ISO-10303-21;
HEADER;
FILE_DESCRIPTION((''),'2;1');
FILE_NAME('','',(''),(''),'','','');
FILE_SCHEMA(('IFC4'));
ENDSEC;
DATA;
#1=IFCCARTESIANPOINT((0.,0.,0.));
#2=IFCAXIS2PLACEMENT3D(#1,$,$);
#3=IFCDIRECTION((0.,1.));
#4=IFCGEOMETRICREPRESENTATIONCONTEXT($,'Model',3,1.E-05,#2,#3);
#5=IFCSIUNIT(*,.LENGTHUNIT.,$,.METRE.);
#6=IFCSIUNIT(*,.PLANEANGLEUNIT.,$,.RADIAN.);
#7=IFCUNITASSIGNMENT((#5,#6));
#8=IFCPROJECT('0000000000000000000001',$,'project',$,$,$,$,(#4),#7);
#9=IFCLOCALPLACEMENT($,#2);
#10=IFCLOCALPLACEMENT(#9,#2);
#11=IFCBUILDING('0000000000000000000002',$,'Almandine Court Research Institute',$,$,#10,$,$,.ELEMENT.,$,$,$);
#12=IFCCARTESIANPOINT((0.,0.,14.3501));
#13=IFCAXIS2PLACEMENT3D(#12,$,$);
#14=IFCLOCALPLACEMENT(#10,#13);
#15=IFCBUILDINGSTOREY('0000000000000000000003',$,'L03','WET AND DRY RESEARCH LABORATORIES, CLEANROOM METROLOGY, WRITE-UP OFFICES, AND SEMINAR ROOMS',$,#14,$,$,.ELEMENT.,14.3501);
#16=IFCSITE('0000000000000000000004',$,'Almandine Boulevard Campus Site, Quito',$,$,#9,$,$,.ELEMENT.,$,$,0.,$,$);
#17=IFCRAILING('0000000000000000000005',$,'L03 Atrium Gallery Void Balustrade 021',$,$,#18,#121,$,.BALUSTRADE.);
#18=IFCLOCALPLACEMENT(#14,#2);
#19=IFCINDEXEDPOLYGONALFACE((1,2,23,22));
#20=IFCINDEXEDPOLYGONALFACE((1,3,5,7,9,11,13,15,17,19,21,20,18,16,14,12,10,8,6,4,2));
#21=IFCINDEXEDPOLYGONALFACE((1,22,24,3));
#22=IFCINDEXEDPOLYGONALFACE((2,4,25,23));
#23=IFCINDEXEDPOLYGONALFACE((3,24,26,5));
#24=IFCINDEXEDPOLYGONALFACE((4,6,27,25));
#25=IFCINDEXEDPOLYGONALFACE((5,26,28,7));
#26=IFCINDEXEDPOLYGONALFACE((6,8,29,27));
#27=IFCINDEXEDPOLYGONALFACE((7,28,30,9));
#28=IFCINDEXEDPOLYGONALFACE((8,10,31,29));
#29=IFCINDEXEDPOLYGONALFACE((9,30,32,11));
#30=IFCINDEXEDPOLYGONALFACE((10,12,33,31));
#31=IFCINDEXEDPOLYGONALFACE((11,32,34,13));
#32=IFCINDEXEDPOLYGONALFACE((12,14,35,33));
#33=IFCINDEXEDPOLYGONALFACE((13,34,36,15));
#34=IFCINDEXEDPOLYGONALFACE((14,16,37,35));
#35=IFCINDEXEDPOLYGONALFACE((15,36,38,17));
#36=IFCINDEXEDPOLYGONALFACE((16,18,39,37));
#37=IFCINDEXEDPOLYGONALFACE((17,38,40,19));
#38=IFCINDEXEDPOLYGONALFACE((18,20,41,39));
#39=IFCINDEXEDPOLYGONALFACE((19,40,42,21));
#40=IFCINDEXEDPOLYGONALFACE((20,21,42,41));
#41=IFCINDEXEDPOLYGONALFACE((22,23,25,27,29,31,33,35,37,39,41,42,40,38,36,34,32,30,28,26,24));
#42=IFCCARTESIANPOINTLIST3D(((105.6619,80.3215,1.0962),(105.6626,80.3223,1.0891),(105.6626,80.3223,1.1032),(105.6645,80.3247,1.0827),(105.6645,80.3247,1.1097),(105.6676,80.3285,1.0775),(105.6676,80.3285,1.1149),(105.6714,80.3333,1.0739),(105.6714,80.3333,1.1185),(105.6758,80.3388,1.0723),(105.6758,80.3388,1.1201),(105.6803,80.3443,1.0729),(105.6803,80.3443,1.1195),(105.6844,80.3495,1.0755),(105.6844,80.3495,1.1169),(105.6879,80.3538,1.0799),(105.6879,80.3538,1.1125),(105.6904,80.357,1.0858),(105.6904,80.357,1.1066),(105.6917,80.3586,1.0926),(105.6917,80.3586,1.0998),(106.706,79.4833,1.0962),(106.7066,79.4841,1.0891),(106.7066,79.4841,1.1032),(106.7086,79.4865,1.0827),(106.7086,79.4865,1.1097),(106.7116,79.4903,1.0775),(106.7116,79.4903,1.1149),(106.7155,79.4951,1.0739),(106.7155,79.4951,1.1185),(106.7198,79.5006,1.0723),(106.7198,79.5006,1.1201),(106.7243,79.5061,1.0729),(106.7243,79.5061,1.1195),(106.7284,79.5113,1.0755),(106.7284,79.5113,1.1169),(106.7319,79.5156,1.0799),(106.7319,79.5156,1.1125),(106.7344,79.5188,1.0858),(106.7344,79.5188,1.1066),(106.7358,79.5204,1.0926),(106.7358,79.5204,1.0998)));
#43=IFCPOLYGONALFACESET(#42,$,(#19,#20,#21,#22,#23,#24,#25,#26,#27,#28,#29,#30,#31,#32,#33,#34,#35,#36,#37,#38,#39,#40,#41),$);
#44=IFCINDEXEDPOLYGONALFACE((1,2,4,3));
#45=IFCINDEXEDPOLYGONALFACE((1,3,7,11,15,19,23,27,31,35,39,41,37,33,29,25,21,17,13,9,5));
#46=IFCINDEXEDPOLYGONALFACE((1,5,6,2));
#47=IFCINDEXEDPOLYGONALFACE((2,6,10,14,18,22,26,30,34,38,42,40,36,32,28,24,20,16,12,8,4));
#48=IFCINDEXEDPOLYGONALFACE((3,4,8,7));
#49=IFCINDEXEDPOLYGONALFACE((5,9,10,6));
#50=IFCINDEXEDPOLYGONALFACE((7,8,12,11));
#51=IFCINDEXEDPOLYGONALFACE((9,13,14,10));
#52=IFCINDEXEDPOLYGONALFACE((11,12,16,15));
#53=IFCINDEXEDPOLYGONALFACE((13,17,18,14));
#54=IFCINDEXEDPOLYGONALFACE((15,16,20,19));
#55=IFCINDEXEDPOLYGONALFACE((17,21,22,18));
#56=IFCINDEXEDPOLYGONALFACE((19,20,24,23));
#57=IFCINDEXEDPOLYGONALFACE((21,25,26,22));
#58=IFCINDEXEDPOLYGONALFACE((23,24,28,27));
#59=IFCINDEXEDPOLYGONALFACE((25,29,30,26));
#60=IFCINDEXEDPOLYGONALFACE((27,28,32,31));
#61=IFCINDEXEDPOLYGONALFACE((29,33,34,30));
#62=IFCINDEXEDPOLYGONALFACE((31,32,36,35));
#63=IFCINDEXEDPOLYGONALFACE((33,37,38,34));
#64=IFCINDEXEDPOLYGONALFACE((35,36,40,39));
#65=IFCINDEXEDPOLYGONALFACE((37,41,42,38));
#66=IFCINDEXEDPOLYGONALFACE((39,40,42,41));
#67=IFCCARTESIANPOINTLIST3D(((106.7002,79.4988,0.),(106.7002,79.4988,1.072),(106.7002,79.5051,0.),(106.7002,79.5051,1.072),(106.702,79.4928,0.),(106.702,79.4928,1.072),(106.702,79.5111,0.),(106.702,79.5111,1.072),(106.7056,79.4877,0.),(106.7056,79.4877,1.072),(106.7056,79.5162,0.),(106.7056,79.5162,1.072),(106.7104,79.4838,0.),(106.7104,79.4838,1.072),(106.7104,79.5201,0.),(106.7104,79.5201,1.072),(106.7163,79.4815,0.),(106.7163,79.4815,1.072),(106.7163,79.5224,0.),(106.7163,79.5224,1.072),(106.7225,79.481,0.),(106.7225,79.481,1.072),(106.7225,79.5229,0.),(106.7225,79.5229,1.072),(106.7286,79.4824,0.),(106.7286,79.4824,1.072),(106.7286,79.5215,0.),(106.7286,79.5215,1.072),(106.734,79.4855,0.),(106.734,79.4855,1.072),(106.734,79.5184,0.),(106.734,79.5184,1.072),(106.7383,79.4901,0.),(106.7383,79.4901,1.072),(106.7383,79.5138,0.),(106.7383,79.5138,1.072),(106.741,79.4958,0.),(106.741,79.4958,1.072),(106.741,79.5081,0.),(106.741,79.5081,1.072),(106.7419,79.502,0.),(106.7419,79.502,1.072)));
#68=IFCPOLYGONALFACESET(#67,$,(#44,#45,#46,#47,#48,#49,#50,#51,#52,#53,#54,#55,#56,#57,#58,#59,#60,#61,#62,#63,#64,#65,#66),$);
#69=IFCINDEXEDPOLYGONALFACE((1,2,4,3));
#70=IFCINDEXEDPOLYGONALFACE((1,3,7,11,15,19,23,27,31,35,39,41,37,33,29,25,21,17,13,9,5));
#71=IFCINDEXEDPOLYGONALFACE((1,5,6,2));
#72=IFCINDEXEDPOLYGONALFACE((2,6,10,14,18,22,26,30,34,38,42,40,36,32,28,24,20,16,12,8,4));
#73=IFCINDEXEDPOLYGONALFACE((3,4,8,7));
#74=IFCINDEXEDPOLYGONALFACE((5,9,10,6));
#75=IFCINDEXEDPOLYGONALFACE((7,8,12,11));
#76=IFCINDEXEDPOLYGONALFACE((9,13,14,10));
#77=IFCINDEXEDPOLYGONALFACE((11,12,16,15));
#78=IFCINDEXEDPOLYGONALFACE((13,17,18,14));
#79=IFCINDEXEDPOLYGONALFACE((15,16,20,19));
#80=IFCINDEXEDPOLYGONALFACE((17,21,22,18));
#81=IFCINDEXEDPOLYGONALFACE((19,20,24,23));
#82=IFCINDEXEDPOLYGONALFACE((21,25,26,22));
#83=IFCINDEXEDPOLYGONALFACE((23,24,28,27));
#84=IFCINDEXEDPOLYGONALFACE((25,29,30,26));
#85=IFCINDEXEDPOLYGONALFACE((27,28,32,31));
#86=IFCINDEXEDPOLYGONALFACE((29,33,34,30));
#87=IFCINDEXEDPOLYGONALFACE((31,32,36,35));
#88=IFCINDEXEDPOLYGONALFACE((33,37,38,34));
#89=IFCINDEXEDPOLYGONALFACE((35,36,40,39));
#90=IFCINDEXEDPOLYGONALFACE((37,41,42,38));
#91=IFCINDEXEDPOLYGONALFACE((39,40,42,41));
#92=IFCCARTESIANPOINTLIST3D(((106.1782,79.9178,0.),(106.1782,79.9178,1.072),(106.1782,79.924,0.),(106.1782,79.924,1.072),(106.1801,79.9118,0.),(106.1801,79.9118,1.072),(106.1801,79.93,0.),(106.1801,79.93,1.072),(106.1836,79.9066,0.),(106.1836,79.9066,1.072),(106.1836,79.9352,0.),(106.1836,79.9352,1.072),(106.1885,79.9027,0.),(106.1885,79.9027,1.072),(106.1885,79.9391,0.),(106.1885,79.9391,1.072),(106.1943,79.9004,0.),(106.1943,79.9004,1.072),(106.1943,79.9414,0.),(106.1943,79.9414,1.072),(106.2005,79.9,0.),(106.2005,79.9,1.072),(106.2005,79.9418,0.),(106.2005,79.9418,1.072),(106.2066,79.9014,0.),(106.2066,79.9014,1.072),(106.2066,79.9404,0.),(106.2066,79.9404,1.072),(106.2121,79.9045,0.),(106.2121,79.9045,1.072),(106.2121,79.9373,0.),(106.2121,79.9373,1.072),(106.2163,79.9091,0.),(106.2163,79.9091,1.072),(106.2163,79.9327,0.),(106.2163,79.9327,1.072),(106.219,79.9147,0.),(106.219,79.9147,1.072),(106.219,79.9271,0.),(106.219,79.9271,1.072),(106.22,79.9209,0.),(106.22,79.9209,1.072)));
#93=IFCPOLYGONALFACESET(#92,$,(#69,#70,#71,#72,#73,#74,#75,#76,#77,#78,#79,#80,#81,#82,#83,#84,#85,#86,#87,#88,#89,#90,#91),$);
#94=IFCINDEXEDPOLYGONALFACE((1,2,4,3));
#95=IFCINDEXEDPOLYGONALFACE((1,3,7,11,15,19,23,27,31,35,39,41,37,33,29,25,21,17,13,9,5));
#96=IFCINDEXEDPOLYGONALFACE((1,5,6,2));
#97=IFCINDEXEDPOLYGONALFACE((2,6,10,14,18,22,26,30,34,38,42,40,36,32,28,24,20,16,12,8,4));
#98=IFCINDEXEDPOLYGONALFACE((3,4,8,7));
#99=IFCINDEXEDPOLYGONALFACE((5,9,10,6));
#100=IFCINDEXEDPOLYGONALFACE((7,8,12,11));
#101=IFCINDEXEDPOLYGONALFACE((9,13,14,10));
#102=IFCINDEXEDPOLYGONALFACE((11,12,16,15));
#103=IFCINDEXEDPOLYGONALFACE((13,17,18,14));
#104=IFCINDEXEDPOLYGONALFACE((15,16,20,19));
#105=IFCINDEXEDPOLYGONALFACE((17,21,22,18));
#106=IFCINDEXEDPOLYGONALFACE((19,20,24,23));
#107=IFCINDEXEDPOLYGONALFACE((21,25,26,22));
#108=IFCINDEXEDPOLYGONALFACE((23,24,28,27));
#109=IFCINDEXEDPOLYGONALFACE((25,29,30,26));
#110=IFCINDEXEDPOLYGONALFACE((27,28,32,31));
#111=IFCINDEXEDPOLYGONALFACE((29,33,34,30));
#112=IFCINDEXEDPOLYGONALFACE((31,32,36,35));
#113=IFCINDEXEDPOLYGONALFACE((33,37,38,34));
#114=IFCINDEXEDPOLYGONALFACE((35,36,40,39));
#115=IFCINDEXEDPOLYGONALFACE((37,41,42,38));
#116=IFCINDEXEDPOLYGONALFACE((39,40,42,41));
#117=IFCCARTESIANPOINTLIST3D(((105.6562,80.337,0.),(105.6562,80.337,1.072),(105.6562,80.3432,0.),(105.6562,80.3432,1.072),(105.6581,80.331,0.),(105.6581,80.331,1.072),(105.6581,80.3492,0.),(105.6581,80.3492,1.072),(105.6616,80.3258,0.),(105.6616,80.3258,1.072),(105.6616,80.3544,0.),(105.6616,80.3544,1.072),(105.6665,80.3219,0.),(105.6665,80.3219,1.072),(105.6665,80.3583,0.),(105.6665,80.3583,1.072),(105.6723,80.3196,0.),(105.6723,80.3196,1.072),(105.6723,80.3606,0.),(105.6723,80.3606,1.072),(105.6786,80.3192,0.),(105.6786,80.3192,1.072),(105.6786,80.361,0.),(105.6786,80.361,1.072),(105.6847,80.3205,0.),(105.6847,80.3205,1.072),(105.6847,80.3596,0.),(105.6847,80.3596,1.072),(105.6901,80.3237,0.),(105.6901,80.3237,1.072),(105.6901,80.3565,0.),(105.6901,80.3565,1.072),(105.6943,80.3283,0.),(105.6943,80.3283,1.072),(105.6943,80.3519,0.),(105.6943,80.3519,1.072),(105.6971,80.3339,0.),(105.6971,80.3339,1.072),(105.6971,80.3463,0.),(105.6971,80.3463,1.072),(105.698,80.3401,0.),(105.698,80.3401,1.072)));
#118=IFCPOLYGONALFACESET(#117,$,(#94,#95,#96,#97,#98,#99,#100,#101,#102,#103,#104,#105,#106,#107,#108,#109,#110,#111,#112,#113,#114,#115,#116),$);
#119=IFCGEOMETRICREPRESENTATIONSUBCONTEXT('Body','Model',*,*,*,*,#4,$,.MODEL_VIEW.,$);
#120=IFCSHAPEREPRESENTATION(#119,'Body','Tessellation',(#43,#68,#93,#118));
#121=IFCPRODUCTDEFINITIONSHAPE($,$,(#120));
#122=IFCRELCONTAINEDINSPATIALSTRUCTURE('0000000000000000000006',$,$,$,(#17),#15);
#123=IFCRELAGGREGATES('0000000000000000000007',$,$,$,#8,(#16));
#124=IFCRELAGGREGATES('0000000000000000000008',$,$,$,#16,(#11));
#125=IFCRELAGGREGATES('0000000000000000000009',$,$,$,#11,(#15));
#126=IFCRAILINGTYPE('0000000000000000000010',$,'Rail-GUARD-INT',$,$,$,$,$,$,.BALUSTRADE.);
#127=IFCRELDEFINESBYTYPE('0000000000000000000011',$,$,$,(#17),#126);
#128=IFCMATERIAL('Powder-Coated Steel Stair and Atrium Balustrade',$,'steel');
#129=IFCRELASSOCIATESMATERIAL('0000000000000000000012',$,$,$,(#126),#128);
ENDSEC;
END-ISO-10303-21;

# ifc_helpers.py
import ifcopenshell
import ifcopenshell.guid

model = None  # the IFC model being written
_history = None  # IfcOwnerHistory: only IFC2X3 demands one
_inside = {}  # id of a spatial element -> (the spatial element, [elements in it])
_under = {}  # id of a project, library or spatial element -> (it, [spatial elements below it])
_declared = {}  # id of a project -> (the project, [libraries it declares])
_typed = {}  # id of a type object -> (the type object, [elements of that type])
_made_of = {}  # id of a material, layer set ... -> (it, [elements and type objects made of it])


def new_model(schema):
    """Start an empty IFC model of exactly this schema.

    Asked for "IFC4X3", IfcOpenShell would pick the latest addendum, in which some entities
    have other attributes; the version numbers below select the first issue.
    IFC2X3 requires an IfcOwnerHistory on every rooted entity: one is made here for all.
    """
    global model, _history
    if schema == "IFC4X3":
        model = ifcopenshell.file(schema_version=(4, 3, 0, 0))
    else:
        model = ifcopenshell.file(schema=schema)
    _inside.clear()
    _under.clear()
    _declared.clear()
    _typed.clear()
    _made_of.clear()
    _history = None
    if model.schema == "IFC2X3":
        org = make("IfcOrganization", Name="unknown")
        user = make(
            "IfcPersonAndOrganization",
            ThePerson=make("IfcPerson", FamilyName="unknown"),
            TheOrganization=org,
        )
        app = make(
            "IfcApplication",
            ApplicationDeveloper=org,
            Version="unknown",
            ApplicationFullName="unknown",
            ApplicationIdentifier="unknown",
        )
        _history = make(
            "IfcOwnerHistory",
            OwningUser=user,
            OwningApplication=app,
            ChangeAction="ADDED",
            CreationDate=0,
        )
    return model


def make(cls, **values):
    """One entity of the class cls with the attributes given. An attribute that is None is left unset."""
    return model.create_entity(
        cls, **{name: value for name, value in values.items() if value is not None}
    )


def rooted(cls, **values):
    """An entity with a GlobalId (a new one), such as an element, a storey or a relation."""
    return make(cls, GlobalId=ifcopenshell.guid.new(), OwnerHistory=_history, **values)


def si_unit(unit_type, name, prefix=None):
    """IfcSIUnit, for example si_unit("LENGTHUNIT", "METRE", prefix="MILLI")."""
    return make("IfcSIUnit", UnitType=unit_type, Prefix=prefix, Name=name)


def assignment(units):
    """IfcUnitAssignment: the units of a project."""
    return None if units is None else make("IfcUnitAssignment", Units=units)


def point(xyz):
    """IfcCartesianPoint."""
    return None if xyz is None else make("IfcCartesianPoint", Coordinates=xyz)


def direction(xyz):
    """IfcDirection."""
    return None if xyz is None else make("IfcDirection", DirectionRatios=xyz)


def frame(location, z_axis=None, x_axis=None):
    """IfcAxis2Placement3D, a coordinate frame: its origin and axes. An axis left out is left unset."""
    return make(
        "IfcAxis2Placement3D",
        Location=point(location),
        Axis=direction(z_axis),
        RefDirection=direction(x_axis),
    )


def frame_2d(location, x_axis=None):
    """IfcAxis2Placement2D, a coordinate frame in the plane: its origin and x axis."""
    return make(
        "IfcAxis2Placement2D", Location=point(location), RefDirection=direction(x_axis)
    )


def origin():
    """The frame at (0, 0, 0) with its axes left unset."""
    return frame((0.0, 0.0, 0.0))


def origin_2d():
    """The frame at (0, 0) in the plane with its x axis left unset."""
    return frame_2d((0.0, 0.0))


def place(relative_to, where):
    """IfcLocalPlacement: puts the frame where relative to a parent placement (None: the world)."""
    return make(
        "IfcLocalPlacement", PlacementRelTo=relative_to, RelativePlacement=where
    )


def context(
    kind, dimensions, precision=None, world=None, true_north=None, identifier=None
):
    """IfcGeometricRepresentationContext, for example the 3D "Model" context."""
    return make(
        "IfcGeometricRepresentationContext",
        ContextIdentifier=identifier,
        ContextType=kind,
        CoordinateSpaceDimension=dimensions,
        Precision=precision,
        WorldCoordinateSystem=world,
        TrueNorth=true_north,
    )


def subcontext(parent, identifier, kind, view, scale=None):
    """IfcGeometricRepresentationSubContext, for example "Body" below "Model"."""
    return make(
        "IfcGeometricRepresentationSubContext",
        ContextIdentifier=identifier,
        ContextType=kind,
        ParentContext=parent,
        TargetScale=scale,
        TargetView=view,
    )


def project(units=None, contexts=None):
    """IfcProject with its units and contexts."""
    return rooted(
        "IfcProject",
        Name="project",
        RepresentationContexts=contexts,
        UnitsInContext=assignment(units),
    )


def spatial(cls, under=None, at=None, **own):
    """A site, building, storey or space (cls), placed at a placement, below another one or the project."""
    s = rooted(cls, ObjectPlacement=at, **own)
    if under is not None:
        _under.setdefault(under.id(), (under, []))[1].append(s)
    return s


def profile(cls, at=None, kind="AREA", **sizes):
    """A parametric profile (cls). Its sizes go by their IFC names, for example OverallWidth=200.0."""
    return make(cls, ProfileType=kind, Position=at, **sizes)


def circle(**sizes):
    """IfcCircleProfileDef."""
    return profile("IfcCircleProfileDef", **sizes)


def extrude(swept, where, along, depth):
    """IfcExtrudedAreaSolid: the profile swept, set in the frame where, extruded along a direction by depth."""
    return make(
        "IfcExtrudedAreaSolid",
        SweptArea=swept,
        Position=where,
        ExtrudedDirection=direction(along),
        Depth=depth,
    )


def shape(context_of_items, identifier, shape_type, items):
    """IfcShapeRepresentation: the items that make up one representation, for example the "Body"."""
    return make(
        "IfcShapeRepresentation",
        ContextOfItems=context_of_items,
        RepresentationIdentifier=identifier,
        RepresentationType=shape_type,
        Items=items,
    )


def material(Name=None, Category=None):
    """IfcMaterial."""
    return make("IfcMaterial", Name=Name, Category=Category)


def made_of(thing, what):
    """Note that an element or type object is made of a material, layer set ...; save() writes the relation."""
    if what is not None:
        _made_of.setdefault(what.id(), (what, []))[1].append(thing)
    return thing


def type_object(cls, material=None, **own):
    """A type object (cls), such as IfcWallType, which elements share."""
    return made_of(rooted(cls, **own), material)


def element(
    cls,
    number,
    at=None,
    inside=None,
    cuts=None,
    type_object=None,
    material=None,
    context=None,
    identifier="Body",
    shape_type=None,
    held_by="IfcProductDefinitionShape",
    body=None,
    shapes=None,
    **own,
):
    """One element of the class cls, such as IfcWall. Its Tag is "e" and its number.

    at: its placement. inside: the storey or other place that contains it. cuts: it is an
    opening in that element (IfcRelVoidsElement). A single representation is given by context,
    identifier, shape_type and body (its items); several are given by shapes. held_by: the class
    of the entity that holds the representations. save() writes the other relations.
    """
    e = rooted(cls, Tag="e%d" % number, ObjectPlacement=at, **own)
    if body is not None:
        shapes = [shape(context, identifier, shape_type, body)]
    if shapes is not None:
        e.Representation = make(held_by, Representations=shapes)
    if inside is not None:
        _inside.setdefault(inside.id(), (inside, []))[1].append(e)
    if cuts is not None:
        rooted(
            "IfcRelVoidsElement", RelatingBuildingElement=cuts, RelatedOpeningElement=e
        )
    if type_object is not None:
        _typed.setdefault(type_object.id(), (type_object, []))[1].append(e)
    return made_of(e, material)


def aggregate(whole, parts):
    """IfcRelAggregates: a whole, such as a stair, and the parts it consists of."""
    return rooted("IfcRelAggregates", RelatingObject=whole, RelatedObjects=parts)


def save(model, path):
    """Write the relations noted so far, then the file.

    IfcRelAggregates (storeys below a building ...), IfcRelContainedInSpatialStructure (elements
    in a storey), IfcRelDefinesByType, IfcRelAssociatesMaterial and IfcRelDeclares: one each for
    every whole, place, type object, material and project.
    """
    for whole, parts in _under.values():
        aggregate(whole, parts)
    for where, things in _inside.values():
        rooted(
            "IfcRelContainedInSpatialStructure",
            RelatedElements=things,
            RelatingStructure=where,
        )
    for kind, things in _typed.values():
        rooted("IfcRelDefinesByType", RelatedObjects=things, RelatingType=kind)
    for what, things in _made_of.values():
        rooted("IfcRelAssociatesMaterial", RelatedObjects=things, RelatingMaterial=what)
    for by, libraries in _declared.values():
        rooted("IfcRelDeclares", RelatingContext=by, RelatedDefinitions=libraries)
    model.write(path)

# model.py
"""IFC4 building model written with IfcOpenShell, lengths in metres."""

from ifc_helpers import new_model, si_unit, direction, frame, origin, origin_2d, place, context, subcontext, project, spatial, circle, extrude, material, type_object, element, save


model = new_model("IFC4")

# Units and contexts
model_context = context("Model", 3, precision=1e-05, world=origin(), true_north=direction((0.0, 1.0)))
body_context = subcontext(model_context, "Body", "Model", "MODEL_VIEW")
ifc_project = project(units=[si_unit("LENGTHUNIT", "METRE"), si_unit("PLANEANGLEUNIT", "RADIAN")], contexts=[model_context])

# Site, building, storey
site_placement = place(None, origin())
site = spatial("IfcSite", under=ifc_project, at=site_placement, Name="Almandine Boulevard Campus Site, Quito", CompositionType="ELEMENT", RefElevation=0.0)
building_placement = place(site_placement, origin())
building = spatial("IfcBuilding", under=site, at=building_placement, Name="Almandine Court Research Institute", CompositionType="ELEMENT")
storey_placement = place(building_placement, frame((0.0, 0.0, 14.3501)))
storey = spatial("IfcBuildingStorey", under=building, at=storey_placement, Name="L03", Description="WET AND DRY RESEARCH LABORATORIES, CLEANROOM METROLOGY, WRITE-UP OFFICES, AND SEMINAR ROOMS", CompositionType="ELEMENT", Elevation=14.3501)

# Railing
ifc_material_1 = material(Name="Powder-Coated Steel Stair and Atrium Balustrade", Category="steel")
railing_type = type_object("IfcRailingType", Name="Rail-GUARD-INT", PredefinedType="BALUSTRADE", material=ifc_material_1)
railing_1_placement = place(storey_placement, frame((106.7209, 79.502, 0.0)))
element("IfcRailing", 1, at=railing_1_placement, inside=storey, type_object=railing_type, Name="L03 Atrium Gallery Void Balustrade 021", PredefinedType="BALUSTRADE", context=body_context, shape_type="SweptSolid", body=[
    extrude(circle(Radius=0.0239, at=origin_2d()), frame((0.0, 0.0, 1.0962), z_axis=(-0.779782, 0.626051, 0.0), x_axis=(-0.626051, -0.779782, 0.0)), (0.0, 0.0, 1.0), 1.3389),
    extrude(circle(Radius=0.021, at=origin_2d()), origin(), (0.0, 0.0, 1.0), 1.072),
    extrude(circle(Radius=0.021, at=origin_2d()), frame((-0.522, 0.4189, 0.0)), (0.0, 0.0, 1.0), 1.072),
    extrude(circle(Radius=0.021, at=origin_2d()), frame((-1.0439, 0.8381, 0.0)), (0.0, 0.0, 1.0), 1.072),
])

save(model, "model.ifc")
